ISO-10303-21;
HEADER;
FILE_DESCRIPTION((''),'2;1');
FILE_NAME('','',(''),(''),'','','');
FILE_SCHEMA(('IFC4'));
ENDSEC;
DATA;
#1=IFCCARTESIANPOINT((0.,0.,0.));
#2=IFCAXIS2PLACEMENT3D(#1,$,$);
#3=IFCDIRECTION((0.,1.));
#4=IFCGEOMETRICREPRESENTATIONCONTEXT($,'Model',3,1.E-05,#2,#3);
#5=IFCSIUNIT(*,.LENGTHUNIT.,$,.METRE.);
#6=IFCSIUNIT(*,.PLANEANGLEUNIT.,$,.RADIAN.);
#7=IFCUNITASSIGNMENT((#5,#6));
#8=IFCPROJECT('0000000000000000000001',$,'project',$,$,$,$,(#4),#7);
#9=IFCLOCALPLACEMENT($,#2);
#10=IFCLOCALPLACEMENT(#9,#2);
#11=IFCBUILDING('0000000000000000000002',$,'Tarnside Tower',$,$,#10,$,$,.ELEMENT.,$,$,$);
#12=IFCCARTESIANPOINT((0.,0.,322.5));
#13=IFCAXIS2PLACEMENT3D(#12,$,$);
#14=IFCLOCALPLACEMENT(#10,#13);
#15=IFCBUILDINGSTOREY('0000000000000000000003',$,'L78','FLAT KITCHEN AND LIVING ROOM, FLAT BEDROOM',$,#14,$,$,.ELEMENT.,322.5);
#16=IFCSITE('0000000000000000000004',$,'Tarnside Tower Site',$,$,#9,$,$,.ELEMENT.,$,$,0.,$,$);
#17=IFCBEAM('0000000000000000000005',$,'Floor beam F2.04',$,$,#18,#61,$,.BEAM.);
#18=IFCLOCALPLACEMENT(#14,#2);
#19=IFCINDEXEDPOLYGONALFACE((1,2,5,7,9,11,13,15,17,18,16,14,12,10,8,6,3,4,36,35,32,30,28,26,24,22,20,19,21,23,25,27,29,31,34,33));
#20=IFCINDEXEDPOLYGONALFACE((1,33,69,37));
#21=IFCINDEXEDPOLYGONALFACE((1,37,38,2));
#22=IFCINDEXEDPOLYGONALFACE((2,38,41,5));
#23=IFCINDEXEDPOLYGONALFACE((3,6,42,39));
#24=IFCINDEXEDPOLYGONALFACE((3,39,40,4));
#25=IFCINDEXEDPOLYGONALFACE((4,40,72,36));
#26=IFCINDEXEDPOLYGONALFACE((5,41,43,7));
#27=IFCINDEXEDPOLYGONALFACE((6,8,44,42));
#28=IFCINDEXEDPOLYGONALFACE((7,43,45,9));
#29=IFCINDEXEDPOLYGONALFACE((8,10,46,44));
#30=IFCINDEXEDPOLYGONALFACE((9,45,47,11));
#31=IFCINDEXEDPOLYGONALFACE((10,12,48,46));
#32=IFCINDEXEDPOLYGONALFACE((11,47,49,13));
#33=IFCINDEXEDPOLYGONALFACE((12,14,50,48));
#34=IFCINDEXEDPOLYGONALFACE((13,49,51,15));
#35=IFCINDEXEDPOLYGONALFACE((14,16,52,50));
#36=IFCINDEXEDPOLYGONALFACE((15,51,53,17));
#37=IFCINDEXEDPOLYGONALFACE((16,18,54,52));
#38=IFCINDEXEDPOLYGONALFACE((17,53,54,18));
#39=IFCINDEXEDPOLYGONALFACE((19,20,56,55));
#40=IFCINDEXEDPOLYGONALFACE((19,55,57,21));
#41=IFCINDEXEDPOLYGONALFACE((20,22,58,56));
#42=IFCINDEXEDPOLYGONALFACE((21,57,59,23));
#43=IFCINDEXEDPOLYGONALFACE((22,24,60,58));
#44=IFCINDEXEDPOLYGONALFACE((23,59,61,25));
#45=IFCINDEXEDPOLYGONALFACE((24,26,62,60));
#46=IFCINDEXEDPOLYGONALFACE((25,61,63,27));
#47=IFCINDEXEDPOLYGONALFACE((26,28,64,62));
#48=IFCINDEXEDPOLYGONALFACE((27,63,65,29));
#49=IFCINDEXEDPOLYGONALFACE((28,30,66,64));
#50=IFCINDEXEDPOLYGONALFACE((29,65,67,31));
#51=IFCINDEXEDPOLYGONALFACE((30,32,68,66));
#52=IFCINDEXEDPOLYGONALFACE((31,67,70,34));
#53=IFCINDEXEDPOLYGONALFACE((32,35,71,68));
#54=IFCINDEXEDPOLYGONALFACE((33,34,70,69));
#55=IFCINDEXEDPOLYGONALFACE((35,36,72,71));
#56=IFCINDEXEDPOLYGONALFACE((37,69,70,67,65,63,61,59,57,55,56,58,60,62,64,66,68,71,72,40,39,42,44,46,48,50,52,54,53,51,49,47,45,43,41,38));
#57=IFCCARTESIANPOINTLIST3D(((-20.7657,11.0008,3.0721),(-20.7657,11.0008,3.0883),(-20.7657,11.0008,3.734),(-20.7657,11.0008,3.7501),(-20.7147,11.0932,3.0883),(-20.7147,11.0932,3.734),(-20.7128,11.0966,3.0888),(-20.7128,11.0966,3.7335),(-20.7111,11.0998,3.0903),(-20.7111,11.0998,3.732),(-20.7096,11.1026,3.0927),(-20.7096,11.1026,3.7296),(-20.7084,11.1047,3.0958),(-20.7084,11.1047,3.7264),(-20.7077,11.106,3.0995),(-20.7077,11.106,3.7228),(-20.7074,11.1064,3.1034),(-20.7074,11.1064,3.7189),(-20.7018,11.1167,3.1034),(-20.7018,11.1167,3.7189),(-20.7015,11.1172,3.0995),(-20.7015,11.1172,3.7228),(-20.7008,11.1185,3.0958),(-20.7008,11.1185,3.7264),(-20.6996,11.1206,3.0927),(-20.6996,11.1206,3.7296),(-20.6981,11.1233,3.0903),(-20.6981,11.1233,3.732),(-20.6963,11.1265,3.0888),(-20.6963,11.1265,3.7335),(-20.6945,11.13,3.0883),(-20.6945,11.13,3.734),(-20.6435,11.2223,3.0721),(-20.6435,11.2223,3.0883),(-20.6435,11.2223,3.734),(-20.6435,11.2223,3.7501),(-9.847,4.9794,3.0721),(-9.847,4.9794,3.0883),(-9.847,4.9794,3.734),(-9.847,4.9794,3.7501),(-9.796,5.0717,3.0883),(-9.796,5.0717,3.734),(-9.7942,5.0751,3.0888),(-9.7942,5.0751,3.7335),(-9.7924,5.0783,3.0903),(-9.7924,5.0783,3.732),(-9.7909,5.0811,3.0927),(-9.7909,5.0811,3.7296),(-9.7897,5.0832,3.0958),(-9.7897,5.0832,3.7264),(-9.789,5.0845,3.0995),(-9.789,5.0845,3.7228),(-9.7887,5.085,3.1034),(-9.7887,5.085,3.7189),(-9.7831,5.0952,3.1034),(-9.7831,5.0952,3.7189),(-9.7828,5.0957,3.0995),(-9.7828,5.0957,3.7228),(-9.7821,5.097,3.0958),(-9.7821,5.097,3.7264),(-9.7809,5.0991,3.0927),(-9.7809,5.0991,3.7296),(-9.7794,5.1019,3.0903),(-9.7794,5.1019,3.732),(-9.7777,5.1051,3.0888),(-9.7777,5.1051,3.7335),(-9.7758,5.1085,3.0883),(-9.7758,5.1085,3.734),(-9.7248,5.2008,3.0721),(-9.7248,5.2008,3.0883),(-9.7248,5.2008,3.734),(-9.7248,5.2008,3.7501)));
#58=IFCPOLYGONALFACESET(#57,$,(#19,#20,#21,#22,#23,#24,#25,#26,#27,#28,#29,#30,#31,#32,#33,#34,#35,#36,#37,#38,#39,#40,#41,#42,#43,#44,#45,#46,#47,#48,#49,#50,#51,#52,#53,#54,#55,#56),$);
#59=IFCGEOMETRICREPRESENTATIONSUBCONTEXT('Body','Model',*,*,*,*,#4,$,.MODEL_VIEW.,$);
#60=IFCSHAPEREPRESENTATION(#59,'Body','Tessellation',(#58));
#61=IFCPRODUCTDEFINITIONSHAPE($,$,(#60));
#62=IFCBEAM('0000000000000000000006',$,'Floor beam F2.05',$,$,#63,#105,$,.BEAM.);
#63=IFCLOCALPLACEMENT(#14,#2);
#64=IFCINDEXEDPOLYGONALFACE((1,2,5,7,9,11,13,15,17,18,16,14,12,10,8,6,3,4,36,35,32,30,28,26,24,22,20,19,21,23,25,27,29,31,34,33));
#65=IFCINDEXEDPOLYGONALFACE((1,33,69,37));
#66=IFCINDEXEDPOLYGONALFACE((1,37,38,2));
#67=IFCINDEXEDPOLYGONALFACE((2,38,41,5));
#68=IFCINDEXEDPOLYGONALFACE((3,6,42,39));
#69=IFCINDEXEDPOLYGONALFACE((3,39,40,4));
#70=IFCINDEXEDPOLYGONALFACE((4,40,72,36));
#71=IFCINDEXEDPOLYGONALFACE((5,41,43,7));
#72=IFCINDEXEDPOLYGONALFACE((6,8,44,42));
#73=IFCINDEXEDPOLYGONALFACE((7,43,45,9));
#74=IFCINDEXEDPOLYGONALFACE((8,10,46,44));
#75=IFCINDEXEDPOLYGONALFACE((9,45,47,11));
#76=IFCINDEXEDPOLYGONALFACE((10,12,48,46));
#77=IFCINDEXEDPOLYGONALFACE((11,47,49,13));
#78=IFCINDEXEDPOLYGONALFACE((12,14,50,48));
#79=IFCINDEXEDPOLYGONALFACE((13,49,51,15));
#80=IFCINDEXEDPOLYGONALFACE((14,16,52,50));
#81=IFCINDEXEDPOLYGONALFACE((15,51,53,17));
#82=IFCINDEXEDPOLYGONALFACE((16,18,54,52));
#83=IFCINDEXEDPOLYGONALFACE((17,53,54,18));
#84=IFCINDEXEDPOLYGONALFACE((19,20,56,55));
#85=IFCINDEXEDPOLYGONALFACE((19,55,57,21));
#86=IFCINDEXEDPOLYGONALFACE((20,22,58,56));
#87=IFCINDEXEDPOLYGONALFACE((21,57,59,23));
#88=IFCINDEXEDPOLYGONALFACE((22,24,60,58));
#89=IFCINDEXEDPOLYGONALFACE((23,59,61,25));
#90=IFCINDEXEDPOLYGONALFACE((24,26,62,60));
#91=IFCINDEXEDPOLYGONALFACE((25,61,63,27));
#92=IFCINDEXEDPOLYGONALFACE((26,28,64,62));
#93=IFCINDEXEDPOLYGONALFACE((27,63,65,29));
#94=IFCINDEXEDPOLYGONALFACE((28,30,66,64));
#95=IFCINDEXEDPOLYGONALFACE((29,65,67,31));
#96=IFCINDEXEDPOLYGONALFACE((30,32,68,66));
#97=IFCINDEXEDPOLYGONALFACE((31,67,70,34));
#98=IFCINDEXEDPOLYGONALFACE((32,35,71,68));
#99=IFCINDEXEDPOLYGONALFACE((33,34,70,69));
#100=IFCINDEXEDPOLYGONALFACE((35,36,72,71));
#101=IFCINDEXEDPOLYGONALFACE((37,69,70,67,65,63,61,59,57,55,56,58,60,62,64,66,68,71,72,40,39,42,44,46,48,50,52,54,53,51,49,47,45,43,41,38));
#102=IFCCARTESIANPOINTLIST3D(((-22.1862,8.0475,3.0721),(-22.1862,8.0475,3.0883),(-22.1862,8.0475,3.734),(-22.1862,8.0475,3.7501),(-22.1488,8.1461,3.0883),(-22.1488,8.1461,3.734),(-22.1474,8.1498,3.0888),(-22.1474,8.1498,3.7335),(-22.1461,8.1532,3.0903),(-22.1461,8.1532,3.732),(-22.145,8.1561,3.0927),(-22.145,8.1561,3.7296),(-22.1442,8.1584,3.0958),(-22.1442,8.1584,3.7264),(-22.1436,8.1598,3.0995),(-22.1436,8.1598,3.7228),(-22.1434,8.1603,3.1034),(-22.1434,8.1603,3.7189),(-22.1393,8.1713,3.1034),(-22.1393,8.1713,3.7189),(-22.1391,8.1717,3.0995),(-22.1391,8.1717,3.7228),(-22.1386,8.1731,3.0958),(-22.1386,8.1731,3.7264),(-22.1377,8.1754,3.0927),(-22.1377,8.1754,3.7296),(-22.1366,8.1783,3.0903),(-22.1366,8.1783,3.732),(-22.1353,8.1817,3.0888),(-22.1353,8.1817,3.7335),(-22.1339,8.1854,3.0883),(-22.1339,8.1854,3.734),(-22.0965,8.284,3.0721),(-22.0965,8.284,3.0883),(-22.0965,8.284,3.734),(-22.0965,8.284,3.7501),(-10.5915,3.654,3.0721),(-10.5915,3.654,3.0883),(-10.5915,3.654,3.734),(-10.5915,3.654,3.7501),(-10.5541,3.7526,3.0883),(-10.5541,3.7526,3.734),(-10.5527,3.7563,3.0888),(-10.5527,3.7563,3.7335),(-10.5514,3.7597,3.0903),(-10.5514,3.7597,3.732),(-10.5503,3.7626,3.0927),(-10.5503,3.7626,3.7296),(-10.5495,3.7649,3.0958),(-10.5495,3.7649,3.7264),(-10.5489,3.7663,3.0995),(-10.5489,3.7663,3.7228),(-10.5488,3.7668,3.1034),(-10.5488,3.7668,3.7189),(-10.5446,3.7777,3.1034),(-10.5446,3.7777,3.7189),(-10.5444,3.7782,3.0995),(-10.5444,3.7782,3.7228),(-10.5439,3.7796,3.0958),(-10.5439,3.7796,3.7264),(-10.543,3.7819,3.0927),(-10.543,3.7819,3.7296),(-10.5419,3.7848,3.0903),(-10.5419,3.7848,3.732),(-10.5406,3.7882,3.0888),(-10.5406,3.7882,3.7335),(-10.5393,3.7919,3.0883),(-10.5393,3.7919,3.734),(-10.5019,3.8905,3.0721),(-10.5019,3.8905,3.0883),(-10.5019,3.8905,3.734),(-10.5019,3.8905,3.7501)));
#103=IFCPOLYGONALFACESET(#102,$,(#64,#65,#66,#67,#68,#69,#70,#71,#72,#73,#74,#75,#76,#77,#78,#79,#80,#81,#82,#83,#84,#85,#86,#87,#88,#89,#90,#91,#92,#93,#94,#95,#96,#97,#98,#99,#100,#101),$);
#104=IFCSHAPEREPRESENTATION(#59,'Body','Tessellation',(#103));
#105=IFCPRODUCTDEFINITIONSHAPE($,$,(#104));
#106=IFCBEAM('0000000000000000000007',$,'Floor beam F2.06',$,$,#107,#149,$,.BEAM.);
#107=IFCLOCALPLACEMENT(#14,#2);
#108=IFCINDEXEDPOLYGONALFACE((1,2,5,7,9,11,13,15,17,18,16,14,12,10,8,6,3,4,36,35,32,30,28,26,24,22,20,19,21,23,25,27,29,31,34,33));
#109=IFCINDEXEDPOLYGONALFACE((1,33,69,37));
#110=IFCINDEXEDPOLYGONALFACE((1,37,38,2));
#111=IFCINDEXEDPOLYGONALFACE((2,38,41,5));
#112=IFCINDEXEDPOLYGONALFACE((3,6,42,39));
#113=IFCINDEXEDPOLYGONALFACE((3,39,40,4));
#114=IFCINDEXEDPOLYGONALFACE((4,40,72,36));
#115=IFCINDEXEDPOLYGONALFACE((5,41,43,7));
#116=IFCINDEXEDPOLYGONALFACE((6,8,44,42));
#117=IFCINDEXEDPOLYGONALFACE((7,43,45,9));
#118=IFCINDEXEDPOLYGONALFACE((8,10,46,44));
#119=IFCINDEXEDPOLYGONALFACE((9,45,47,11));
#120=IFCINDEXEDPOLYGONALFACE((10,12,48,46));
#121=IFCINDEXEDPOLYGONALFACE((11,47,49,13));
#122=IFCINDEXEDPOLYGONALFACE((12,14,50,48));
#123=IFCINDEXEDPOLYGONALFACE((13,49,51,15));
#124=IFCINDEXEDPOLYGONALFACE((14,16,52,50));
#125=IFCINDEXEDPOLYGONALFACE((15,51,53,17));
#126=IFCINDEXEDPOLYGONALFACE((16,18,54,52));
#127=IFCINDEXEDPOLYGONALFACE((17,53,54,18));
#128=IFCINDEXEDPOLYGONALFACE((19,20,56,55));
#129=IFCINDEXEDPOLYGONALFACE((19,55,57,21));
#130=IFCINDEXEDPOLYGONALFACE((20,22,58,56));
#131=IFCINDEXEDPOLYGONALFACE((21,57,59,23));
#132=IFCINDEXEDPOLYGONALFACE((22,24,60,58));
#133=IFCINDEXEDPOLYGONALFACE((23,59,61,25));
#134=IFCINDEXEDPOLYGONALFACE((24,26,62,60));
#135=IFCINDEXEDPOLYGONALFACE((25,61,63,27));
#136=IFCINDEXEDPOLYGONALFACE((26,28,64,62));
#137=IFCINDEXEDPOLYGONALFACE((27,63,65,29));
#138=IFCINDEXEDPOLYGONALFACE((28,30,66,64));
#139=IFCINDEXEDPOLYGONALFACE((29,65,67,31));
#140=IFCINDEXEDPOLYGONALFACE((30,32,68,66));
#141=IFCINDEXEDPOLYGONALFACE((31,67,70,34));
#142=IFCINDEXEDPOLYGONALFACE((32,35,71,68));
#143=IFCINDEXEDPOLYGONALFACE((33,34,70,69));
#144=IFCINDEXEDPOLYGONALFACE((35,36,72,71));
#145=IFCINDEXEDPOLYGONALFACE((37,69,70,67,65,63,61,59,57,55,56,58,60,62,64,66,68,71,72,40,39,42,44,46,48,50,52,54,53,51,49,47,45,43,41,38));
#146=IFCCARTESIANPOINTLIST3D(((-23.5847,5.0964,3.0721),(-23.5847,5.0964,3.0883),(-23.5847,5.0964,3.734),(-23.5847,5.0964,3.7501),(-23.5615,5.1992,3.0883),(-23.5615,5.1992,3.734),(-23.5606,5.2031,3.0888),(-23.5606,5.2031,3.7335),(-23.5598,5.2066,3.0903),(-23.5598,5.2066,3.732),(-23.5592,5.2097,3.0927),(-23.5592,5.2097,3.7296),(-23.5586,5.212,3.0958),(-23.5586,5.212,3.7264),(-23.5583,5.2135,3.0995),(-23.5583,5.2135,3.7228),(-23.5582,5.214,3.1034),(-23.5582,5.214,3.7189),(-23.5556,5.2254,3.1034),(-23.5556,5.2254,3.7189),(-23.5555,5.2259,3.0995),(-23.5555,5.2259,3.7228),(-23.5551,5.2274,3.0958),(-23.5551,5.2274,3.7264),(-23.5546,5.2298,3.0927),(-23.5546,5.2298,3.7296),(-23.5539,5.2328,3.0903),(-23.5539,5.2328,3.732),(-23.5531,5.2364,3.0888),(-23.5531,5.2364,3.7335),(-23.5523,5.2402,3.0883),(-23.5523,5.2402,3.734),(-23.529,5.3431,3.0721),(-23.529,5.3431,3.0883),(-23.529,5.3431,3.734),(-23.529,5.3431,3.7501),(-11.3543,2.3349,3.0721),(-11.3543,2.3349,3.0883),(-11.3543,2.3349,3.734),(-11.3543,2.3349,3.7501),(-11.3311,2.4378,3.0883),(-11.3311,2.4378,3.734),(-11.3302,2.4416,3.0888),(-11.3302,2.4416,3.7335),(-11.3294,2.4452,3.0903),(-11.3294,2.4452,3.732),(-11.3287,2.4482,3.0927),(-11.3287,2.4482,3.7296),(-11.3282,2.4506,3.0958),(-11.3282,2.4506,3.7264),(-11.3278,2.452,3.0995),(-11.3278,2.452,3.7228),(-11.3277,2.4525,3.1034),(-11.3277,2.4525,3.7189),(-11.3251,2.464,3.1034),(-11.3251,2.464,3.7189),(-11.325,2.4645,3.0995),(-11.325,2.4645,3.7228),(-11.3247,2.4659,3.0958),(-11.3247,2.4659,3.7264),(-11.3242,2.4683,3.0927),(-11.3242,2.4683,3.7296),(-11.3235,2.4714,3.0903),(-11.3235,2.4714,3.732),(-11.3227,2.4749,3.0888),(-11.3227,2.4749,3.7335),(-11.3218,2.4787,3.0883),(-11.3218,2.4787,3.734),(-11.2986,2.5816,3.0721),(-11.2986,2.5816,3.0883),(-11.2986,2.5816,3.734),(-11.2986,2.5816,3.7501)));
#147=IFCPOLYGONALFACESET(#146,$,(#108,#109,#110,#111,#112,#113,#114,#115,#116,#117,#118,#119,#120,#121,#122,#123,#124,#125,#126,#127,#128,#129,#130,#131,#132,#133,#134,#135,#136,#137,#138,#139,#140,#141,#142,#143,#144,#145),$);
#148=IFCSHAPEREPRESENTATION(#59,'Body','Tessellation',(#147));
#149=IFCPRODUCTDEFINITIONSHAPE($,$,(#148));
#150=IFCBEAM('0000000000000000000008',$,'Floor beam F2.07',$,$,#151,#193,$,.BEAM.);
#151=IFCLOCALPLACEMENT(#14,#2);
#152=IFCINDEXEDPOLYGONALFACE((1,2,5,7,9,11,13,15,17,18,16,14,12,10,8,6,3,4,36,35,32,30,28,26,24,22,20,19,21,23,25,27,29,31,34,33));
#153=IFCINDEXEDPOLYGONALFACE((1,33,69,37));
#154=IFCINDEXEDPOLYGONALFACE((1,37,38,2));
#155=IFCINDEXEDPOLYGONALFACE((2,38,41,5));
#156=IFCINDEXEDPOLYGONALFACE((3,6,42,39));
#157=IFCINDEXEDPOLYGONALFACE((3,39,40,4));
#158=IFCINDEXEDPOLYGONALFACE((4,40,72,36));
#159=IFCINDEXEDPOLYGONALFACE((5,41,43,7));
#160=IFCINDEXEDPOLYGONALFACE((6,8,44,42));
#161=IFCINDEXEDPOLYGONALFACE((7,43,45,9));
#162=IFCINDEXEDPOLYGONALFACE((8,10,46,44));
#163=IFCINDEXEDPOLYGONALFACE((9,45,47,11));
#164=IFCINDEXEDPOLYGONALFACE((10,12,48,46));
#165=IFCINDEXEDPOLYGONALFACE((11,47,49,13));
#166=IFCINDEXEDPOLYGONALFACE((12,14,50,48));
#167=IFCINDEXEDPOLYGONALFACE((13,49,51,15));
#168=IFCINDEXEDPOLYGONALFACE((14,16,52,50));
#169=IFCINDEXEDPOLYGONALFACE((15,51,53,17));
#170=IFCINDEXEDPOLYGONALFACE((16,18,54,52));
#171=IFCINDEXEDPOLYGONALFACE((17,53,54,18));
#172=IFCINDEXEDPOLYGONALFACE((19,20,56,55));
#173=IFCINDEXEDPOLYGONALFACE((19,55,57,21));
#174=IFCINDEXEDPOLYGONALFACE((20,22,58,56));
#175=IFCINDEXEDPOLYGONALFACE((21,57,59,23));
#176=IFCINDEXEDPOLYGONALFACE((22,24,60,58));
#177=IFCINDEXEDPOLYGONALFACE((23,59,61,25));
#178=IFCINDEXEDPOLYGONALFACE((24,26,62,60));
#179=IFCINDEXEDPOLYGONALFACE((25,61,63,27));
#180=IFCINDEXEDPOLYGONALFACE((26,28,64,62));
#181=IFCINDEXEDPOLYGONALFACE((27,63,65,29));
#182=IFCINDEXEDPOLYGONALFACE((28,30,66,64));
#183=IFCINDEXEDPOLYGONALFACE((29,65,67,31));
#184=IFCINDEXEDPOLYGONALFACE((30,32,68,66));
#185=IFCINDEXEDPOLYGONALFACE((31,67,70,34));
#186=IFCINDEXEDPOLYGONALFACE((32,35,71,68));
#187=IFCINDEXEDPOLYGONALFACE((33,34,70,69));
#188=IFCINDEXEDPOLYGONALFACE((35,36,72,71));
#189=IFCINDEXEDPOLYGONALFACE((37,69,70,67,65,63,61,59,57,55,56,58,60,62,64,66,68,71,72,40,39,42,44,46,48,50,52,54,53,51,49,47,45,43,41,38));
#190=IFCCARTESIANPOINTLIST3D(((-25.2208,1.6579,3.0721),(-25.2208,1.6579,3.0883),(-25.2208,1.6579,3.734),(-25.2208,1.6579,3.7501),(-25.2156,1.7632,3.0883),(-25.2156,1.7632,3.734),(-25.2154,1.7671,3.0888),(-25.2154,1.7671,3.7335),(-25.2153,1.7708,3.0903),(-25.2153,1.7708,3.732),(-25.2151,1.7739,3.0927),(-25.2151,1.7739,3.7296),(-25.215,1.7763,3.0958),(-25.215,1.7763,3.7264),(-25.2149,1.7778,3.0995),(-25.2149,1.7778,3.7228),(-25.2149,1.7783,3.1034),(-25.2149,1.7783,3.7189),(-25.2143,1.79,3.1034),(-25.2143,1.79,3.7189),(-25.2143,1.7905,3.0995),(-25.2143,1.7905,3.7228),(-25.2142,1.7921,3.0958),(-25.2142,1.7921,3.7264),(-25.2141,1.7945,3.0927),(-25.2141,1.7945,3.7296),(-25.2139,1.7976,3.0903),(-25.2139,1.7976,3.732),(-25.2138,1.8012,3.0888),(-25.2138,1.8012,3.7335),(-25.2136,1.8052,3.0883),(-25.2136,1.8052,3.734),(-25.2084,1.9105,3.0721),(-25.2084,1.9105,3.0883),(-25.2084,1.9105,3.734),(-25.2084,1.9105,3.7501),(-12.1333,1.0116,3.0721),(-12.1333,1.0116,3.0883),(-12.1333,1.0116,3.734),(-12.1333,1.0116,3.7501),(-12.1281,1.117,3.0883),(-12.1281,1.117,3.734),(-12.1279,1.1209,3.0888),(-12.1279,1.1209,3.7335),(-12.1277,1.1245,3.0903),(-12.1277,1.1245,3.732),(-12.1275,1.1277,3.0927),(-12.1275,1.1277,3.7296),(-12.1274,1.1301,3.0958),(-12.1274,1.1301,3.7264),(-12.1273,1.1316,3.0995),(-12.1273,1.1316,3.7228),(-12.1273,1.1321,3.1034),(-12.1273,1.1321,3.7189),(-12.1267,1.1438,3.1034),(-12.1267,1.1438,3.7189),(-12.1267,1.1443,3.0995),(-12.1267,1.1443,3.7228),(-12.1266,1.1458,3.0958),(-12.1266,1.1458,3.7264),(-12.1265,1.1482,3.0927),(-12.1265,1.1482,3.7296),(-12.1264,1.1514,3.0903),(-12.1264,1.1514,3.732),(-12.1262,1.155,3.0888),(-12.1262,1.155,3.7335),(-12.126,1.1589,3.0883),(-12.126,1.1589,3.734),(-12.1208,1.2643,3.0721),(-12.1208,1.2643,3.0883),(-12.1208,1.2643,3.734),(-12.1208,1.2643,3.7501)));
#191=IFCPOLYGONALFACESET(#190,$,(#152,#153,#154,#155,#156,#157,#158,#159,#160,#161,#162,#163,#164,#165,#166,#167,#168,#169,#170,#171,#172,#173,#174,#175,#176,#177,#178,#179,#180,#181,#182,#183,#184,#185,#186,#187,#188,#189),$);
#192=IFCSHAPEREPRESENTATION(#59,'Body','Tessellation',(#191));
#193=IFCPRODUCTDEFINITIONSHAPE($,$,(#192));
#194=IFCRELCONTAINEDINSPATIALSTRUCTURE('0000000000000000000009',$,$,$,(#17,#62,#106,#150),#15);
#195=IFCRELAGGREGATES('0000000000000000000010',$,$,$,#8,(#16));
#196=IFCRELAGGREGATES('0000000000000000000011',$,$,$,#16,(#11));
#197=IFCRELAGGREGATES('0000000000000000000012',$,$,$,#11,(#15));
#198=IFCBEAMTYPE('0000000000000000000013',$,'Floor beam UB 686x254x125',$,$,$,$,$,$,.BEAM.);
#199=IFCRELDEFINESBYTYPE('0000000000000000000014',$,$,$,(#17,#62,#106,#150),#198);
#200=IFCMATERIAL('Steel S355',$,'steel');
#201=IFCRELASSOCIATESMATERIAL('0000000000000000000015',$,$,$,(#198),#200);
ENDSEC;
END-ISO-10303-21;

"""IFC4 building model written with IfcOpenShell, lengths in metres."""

from ifc_helpers import new_model, si_unit, direction, frame, origin, origin_2d, place, context, subcontext, project, spatial, i_section, extrude, material, material_profile, profile_set, type_object, element, save


model = new_model("IFC4")

# Units and contexts
model_context = context("Model", 3, precision=1e-05, world=origin(), true_north=direction((0.0, 1.0)))
body_context = subcontext(model_context, "Body", "Model", "MODEL_VIEW")
ifc_project = project(units=[si_unit("LENGTHUNIT", "METRE"), si_unit("PLANEANGLEUNIT", "RADIAN")], contexts=[model_context])

# Site, building, storey
site_placement = place(None, origin())
site = spatial("IfcSite", under=ifc_project, at=site_placement, Name="Tarnside Tower Site", CompositionType="ELEMENT", RefElevation=0.0)
building_placement = place(site_placement, origin())
building = spatial("IfcBuilding", under=site, at=building_placement, Name="Tarnside Tower", CompositionType="ELEMENT")
storey_placement = place(building_placement, frame((0.0, 0.0, 322.5)))
storey = spatial("IfcBuildingStorey", under=building, at=storey_placement, Name="L78", Description="FLAT KITCHEN AND LIVING ROOM, FLAT BEDROOM", CompositionType="ELEMENT", Elevation=322.5)

# Beams
ifc_material_1 = material(Name="Steel S355", Category="steel")
ifc_material_profile = material_profile(ifc_material_1, i_section(OverallWidth=0.2529, OverallDepth=0.678, WebThickness=0.0117, FlangeThickness=0.0161, FilletRadius=0.0151, at=origin_2d()), Name="UB 686x254x125")
ifc_profile_set = profile_set([ifc_material_profile], Name="Steel S355")
beam_type = type_object("IfcBeamType", Name="Floor beam UB 686x254x125", PredefinedType="BEAM", material=ifc_profile_set)
beam_1_placement = place(storey_placement, frame((-20.7046, 11.1116, 3.4111), z_axis=(0.875667, -0.482916, 0.0), x_axis=(0.482916, 0.875667, 0.0)))
element("IfcBeam", 1, at=beam_1_placement, inside=storey, type_object=beam_type, Name="Floor beam F2.04", PredefinedType="BEAM", context=body_context, shape_type="SweptSolid", body=[
    extrude(i_section(OverallWidth=0.2529, OverallDepth=0.678, WebThickness=0.0117, FlangeThickness=0.0161, FilletRadius=0.0151, at=origin_2d()), origin(), (0.0, 0.0, 1.0), 12.469),
])
beam_2_placement = place(storey_placement, frame((-22.1414, 8.1658, 3.4111), z_axis=(0.935116, -0.354341, 0.0), x_axis=(0.354341, 0.935116, 0.0)))
element("IfcBeam", 2, at=beam_2_placement, inside=storey, type_object=beam_type, Name="Floor beam F2.05", PredefinedType="BEAM", context=body_context, shape_type="SweptSolid", body=[
    extrude(i_section(OverallWidth=0.2529, OverallDepth=0.678, WebThickness=0.0117, FlangeThickness=0.0161, FilletRadius=0.0151, at=origin_2d()), origin(), (0.0, 0.0, 1.0), 12.3992),
])
beam_3_placement = place(storey_placement, frame((-23.5569, 5.2197, 3.4111), z_axis=(0.975445, -0.220242, 0.0), x_axis=(0.220242, 0.975445, 0.0)))
element("IfcBeam", 3, at=beam_3_placement, inside=storey, type_object=beam_type, Name="Floor beam F2.06", PredefinedType="BEAM", context=body_context, shape_type="SweptSolid", body=[
    extrude(i_section(OverallWidth=0.2529, OverallDepth=0.678, WebThickness=0.0117, FlangeThickness=0.0161, FilletRadius=0.0151, at=origin_2d()), origin(), (0.0, 0.0, 1.0), 12.5383),
])
beam_4_placement = place(storey_placement, frame((-25.2146, 1.7842, 3.4111), z_axis=(0.998783, -0.049318, 0.0), x_axis=(0.049318, 0.998783, 0.0)))
element("IfcBeam", 4, at=beam_4_placement, inside=storey, type_object=beam_type, Name="Floor beam F2.07", PredefinedType="BEAM", context=body_context, shape_type="SweptSolid", body=[
    extrude(i_section(OverallWidth=0.2529, OverallDepth=0.678, WebThickness=0.0117, FlangeThickness=0.0161, FilletRadius=0.0151, at=origin_2d()), origin(), (0.0, 0.0, 1.0), 13.1035),
])

save(model, "model.ifc")
